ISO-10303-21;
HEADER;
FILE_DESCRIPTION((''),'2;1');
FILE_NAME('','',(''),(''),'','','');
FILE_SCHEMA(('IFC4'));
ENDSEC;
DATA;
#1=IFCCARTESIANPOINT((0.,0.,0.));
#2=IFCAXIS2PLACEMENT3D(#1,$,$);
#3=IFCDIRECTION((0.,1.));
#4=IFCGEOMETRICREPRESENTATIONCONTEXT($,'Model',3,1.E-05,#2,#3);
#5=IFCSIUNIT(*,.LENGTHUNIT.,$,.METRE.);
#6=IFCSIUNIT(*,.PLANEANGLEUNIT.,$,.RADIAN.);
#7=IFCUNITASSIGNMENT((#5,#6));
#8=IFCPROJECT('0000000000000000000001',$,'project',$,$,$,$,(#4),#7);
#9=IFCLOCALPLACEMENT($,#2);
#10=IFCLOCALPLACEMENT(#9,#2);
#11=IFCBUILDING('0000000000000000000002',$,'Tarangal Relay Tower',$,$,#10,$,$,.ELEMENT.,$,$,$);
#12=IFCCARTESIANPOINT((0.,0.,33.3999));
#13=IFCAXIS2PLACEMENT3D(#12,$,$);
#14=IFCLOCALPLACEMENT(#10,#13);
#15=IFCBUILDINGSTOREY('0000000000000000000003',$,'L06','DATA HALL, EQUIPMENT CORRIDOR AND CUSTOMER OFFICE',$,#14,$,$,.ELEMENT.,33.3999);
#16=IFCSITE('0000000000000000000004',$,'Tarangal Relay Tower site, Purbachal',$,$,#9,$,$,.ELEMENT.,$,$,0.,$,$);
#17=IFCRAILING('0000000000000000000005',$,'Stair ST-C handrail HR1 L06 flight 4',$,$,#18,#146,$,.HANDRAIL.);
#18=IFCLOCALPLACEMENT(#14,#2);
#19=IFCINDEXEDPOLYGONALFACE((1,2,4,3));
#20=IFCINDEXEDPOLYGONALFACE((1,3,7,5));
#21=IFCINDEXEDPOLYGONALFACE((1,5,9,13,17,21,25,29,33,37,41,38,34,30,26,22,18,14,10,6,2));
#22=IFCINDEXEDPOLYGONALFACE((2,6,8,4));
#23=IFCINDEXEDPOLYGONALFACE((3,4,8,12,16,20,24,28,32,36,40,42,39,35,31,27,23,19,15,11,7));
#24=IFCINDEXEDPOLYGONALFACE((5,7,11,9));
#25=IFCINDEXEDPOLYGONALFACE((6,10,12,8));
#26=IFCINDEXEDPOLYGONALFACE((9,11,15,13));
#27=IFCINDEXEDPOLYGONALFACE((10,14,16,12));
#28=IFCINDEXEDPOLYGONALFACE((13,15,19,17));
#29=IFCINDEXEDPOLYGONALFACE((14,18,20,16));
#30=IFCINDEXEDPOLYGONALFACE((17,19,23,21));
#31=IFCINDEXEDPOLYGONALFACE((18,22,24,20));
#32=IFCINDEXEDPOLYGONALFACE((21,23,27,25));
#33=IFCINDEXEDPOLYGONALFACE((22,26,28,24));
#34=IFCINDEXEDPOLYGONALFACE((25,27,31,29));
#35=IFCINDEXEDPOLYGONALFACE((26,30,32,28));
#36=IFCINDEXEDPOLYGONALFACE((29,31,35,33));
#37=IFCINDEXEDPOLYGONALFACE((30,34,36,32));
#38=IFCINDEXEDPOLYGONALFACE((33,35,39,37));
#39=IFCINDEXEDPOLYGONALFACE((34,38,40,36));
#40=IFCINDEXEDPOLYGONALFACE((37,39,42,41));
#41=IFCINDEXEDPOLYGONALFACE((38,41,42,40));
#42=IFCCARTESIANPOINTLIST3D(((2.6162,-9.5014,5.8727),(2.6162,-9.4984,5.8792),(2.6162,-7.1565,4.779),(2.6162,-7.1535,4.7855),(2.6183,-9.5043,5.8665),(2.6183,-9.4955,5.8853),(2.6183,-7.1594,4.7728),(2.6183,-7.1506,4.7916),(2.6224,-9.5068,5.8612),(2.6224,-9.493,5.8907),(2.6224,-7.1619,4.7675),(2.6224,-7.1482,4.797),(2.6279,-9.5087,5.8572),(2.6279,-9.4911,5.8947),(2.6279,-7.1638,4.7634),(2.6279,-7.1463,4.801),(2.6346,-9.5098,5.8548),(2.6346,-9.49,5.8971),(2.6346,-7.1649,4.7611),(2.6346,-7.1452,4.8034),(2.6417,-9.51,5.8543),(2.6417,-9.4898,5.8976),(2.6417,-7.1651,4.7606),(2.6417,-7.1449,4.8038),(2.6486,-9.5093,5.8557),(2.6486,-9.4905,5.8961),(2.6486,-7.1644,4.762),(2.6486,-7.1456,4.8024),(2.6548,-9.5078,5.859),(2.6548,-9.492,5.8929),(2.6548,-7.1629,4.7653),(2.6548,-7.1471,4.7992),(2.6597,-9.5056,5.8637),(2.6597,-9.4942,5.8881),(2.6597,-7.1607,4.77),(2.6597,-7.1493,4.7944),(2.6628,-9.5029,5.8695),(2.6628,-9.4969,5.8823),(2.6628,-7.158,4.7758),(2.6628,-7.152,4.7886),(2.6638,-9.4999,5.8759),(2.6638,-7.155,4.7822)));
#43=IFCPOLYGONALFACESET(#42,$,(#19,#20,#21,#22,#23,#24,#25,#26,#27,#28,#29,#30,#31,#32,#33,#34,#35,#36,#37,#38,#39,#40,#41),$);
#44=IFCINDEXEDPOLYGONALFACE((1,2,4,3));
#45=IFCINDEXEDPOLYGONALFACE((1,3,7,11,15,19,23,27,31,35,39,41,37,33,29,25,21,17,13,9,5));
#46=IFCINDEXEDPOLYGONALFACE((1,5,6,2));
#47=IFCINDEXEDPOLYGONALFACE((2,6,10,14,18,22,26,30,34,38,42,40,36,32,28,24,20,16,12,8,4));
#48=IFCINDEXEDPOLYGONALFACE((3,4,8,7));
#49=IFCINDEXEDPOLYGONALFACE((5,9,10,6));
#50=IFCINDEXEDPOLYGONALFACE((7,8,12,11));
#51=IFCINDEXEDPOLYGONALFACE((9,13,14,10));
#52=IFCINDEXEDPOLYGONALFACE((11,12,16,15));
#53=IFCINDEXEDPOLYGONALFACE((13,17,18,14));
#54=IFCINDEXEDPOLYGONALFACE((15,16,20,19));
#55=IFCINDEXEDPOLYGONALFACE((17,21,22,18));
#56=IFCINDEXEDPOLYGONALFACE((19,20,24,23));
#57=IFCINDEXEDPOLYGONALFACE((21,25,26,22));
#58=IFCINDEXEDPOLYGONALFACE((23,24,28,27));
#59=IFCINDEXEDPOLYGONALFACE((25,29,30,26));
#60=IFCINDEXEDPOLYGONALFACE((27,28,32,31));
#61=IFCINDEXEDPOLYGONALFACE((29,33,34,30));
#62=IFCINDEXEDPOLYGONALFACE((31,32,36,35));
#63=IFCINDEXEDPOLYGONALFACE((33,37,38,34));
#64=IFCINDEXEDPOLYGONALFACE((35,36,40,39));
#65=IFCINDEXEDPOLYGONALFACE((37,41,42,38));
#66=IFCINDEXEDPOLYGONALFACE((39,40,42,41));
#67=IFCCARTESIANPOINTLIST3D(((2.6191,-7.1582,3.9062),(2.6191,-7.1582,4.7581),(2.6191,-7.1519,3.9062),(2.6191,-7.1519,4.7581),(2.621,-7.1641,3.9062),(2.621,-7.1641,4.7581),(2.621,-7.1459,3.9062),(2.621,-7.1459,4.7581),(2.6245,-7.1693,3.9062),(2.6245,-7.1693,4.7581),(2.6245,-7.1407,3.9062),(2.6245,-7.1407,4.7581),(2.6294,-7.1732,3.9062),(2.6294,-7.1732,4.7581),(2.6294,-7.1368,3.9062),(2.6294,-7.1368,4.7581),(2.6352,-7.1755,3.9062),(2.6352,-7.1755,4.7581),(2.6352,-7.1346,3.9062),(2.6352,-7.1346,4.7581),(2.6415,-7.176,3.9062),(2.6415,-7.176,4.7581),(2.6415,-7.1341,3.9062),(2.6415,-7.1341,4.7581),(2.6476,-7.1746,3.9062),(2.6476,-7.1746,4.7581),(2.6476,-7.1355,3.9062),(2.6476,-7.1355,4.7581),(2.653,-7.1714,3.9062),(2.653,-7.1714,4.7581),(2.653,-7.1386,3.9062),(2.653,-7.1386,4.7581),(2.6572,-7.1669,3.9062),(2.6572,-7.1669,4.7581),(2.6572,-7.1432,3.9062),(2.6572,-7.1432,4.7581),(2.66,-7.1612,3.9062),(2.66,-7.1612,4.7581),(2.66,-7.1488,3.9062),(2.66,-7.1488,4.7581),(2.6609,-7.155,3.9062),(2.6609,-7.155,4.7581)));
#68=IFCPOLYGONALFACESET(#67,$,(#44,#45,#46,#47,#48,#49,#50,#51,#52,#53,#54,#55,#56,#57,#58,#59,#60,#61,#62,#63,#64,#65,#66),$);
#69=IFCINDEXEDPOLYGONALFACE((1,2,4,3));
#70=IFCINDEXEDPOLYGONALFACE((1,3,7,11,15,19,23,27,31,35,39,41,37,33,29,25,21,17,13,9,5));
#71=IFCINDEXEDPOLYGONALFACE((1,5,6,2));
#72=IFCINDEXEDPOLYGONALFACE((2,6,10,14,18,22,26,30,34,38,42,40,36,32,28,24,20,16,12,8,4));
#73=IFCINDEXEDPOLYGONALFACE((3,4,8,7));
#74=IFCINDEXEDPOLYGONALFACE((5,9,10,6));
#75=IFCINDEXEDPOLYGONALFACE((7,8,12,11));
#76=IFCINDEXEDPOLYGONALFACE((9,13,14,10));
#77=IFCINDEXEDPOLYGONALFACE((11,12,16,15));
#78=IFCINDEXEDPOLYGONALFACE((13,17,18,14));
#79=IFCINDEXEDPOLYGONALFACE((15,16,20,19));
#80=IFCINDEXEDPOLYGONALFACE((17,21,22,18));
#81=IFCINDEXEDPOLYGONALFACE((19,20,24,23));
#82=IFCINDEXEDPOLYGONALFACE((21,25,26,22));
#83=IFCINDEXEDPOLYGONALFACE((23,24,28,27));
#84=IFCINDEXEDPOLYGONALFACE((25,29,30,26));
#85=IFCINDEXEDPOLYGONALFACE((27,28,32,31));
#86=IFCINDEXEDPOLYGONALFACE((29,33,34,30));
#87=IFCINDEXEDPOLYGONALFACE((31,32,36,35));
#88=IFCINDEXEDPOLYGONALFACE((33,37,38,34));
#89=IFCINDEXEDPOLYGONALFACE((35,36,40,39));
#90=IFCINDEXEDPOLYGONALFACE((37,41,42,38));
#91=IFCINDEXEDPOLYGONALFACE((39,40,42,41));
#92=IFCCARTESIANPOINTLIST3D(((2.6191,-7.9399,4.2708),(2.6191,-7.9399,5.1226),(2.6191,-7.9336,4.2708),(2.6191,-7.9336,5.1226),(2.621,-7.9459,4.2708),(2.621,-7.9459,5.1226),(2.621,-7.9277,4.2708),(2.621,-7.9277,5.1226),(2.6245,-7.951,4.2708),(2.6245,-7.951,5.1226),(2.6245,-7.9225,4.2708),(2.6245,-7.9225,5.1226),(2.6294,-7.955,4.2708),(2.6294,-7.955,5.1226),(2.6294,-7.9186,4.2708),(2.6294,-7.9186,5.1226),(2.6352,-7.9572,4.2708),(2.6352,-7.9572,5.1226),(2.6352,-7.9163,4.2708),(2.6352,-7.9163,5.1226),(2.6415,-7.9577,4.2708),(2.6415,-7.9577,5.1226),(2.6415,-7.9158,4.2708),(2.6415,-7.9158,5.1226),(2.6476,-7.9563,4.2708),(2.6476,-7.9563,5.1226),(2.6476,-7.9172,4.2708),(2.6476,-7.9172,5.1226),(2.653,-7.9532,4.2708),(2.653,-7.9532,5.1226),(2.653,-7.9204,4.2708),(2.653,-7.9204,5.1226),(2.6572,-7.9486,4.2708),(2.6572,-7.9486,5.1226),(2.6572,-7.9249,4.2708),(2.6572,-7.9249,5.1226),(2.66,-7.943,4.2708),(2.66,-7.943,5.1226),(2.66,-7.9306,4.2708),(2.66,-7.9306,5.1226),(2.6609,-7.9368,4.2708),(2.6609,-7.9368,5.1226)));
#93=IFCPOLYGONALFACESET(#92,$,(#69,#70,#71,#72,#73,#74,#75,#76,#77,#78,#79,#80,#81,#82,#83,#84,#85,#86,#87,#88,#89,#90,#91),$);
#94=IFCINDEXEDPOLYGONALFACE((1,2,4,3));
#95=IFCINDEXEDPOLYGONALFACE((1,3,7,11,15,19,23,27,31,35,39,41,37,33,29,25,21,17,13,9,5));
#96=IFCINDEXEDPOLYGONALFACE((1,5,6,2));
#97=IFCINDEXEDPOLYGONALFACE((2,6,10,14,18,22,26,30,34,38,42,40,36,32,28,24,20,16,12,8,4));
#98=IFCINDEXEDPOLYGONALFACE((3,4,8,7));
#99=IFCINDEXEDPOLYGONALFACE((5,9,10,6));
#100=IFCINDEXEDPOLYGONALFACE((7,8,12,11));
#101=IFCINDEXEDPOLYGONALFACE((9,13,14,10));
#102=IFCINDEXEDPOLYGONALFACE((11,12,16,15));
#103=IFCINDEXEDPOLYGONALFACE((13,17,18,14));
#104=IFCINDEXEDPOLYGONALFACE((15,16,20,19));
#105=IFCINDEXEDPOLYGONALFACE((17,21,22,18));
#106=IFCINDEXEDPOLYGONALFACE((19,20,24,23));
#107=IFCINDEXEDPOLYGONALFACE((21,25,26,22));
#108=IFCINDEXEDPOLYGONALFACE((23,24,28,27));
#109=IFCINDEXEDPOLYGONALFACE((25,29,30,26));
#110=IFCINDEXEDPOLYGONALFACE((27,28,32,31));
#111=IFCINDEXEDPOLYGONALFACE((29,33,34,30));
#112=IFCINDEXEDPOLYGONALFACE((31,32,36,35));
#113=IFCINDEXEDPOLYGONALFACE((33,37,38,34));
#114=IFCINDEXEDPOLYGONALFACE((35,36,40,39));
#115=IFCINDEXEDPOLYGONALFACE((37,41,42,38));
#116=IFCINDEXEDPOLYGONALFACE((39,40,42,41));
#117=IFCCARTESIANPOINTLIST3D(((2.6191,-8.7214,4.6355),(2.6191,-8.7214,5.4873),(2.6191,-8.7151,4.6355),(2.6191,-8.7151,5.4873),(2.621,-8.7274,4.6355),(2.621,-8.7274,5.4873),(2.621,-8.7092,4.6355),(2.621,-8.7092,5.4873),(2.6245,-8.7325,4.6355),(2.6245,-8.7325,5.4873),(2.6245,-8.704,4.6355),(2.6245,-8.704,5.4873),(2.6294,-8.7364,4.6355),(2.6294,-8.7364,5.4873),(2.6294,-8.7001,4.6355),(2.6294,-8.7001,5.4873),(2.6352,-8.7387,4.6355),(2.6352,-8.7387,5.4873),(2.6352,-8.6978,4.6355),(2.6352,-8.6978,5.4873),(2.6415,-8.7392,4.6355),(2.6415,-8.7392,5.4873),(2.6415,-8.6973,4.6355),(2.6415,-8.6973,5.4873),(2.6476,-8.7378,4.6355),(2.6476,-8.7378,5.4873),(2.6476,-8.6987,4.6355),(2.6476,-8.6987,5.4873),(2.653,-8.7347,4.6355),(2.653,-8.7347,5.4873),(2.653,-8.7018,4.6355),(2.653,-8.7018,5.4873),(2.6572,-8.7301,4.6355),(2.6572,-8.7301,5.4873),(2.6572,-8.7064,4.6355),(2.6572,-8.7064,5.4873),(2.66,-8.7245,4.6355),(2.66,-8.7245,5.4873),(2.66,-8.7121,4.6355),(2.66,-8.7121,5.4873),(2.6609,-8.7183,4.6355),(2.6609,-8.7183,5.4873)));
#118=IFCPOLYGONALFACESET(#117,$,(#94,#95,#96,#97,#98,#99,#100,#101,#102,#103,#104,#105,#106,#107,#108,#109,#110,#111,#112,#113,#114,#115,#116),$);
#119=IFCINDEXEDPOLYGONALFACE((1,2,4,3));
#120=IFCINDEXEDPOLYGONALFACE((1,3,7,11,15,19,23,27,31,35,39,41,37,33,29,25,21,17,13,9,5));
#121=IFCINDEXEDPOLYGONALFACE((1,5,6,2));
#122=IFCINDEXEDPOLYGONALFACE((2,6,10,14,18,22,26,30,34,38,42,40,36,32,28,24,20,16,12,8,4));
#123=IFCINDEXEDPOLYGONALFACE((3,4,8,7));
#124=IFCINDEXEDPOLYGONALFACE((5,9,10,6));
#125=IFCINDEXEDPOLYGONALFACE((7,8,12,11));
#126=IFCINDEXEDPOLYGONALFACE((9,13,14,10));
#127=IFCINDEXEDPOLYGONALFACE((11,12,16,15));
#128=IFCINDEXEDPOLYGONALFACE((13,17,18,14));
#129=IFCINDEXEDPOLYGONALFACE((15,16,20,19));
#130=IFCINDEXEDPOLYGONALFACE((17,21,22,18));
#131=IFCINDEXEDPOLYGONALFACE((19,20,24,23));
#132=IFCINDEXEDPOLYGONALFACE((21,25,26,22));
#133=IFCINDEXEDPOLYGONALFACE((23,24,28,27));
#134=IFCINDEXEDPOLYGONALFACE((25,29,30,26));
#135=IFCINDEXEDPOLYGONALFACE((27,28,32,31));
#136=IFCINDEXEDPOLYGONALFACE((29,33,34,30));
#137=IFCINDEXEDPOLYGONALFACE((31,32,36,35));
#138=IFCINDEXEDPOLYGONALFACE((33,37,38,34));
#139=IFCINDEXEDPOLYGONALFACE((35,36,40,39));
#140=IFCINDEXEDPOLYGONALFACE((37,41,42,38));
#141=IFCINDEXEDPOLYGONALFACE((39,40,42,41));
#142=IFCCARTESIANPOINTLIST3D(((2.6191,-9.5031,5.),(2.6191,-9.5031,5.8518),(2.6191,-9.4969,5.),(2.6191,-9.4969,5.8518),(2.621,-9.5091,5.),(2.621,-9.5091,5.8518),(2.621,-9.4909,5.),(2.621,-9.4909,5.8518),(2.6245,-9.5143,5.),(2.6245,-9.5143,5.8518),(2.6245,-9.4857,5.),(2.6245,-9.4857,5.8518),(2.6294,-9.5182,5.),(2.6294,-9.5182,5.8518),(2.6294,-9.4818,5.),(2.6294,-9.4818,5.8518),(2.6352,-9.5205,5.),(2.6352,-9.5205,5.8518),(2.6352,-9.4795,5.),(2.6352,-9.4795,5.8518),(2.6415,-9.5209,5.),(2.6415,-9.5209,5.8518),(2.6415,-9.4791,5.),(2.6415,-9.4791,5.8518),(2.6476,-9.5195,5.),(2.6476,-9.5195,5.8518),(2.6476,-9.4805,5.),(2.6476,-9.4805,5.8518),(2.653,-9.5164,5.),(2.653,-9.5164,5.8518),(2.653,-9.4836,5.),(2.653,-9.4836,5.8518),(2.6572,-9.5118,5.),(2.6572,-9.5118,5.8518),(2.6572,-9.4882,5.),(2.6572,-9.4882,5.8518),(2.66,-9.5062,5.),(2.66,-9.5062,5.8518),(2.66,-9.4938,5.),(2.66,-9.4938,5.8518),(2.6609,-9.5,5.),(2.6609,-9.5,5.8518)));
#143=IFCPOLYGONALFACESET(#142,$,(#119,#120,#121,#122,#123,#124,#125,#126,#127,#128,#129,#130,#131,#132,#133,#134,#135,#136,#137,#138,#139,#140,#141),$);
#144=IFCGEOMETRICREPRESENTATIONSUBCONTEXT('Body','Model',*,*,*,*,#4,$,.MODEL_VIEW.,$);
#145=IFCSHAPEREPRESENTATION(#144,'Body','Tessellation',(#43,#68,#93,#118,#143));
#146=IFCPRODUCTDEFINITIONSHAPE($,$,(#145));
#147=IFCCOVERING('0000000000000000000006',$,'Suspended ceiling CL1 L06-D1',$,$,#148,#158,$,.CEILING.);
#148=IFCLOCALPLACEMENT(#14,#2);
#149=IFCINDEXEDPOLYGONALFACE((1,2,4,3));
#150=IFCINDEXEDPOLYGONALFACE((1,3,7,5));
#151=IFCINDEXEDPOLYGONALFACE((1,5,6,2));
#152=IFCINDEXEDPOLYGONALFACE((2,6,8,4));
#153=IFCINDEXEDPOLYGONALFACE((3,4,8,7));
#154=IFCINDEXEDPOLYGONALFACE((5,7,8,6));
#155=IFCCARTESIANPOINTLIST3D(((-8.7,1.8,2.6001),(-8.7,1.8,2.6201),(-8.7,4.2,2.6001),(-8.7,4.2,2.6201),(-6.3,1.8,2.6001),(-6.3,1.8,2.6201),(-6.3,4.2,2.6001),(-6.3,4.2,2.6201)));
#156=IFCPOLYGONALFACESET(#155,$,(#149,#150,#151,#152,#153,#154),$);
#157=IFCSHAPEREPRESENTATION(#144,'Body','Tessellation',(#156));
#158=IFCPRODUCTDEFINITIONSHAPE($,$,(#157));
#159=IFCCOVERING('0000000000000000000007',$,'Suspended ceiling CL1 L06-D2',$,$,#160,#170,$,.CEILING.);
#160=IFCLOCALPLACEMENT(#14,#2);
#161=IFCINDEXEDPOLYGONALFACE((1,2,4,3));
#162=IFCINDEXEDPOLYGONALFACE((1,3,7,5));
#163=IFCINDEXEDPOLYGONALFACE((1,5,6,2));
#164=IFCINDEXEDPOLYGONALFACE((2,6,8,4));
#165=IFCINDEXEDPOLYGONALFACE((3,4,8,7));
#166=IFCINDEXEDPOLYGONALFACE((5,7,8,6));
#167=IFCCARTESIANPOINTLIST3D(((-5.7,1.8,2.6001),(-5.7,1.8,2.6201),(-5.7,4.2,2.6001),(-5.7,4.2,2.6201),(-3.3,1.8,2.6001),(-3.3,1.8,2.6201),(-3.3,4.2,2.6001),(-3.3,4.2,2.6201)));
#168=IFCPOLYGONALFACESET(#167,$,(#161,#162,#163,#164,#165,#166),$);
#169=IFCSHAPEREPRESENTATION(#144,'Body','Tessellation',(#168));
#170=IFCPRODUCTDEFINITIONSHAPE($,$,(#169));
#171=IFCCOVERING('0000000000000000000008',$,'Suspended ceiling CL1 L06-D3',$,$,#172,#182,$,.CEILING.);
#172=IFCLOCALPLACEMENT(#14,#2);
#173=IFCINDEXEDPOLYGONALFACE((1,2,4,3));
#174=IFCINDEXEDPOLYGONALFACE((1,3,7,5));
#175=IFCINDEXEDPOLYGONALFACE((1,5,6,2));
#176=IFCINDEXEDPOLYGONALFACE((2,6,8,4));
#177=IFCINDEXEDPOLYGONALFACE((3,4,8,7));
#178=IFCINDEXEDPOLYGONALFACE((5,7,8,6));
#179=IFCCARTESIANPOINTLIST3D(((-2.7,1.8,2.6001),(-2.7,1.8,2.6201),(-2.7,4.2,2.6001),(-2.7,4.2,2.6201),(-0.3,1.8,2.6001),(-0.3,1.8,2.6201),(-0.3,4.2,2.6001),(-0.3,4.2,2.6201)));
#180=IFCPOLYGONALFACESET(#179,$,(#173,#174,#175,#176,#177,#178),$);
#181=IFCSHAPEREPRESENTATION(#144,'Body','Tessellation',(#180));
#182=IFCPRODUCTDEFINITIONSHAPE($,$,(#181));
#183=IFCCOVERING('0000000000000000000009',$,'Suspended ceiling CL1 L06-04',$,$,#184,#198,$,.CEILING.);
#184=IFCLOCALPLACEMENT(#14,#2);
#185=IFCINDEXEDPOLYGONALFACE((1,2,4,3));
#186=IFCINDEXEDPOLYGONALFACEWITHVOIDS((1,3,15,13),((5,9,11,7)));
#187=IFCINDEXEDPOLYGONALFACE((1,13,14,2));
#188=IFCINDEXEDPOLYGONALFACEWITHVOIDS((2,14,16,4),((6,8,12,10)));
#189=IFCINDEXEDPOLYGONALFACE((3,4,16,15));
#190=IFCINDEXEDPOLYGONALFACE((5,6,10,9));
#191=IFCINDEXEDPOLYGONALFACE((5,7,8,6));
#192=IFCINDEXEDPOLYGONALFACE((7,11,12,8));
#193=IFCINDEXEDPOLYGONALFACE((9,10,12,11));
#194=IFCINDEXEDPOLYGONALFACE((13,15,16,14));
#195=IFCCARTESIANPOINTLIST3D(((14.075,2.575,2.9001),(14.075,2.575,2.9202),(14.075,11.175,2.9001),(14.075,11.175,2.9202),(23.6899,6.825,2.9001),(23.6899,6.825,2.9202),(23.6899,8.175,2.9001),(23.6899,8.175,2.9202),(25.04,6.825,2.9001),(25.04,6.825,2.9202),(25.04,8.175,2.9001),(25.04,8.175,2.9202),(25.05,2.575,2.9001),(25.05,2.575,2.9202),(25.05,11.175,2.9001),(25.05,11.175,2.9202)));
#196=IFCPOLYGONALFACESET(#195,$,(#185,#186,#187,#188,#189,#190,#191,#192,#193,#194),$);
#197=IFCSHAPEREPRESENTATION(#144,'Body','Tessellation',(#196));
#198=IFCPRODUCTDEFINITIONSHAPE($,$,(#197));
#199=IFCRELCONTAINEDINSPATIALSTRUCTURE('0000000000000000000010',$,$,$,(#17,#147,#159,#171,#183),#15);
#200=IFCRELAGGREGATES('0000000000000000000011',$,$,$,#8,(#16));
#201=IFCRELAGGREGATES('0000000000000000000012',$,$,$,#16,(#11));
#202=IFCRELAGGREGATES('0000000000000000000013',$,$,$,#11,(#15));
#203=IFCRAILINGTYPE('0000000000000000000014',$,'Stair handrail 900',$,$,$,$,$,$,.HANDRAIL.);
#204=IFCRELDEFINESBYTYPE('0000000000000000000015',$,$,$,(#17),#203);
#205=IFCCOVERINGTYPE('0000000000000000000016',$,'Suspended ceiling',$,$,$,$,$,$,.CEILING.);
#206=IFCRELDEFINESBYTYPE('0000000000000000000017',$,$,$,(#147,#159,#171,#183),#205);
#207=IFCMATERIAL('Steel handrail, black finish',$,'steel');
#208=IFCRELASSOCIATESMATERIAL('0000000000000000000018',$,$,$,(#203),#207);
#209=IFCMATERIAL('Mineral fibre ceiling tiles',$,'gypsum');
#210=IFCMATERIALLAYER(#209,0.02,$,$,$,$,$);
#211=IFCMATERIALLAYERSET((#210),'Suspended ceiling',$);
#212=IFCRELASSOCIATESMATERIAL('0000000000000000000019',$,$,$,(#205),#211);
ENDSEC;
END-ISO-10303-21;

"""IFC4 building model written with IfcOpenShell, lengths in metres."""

from ifc_helpers import new_model, si_unit, direction, frame, origin, origin_2d, place, context, subcontext, project, spatial, polyline, circle, outline, extrude, material, layer, layer_set, type_object, element, save


model = new_model("IFC4")

# Units and contexts
model_context = context("Model", 3, precision=1e-05, world=origin(), true_north=direction((0.0, 1.0)))
body_context = subcontext(model_context, "Body", "Model", "MODEL_VIEW")
ifc_project = project(units=[si_unit("LENGTHUNIT", "METRE"), si_unit("PLANEANGLEUNIT", "RADIAN")], contexts=[model_context])

# Site, building, storey
site_placement = place(None, origin())
site = spatial("IfcSite", under=ifc_project, at=site_placement, Name="Tarangal Relay Tower site, Purbachal", CompositionType="ELEMENT", RefElevation=0.0)
building_placement = place(site_placement, origin())
building = spatial("IfcBuilding", under=site, at=building_placement, Name="Tarangal Relay Tower", CompositionType="ELEMENT")
storey_placement = place(building_placement, frame((0.0, 0.0, 33.3999)))
storey = spatial("IfcBuildingStorey", under=building, at=storey_placement, Name="L06", Description="DATA HALL, EQUIPMENT CORRIDOR AND CUSTOMER OFFICE", CompositionType="ELEMENT", Elevation=33.3999)

# Railing
ifc_material_1 = material(Name="Steel handrail, black finish", Category="steel")
railing_type_1 = type_object("IfcRailingType", Name="Stair handrail 900", PredefinedType="HANDRAIL", material=ifc_material_1)
for number, where, name in (
    (1, (2.6399, -7.155, 3.9062), "Stair ST-C handrail HR1 L06 flight 4"),
):
    element("IfcRailing", number, at=place(storey_placement, frame(where)), inside=storey, type_object=railing_type_1, Name=name, PredefinedType="HANDRAIL", context=body_context, shape_type="SweptSolid", body=[
        extrude(circle(Radius=0.0239, at=origin_2d()), frame((0.0, 0.0, 0.876), z_axis=(0.0, -0.906267, 0.422705), x_axis=(1.0, 0.0, 0.0)), (0.0, 0.0, 1.0), 2.5874),
        extrude(circle(Radius=0.021, at=origin_2d()), origin(), (0.0, 0.0, 1.0), 0.8518),
        extrude(circle(Radius=0.021, at=origin_2d()), frame((0.0, -0.7817, 0.3645)), (0.0, 0.0, 1.0), 0.8518),
        extrude(circle(Radius=0.021, at=origin_2d()), frame((0.0, -1.5632, 0.7292)), (0.0, 0.0, 1.0), 0.8518),
        extrude(circle(Radius=0.021, at=origin_2d()), frame((0.0, -2.345, 1.0938)), (0.0, 0.0, 1.0), 0.8518),
    ])

# Coverings
ifc_material_2 = material(Name="Mineral fibre ceiling tiles", Category="gypsum")
ifc_layer_1 = layer(ifc_material_2, 0.02)
ifc_layer_set_1 = layer_set([ifc_layer_1], Name="Suspended ceiling")
covering_type_1 = type_object("IfcCoveringType", Name="Suspended ceiling", PredefinedType="CEILING", material=ifc_layer_set_1)
covering_1_placement = place(storey_placement, frame((0.0, 0.0, 2.6001)))
element("IfcCovering", 2, at=covering_1_placement, inside=storey, type_object=covering_type_1, Name="Suspended ceiling CL1 L06-D1", PredefinedType="CEILING", context=body_context, shape_type="SweptSolid", body=[
    extrude(outline(polyline([(-8.7, 1.8), (-6.3, 1.8), (-6.3, 4.2), (-8.7, 4.2), (-8.7, 1.8)])), origin(), (0.0, 0.0, 1.0), 0.02),
])
covering_2_placement = place(storey_placement, frame((0.0, 0.0, 2.6001)))
element("IfcCovering", 3, at=covering_2_placement, inside=storey, type_object=covering_type_1, Name="Suspended ceiling CL1 L06-D2", PredefinedType="CEILING", context=body_context, shape_type="SweptSolid", body=[
    extrude(outline(polyline([(-5.7, 1.8), (-3.3, 1.8), (-3.3, 4.2), (-5.7, 4.2), (-5.7, 1.8)])), origin(), (0.0, 0.0, 1.0), 0.02),
])
covering_3_placement = place(storey_placement, frame((0.0, 0.0, 2.6001)))
element("IfcCovering", 4, at=covering_3_placement, inside=storey, type_object=covering_type_1, Name="Suspended ceiling CL1 L06-D3", PredefinedType="CEILING", context=body_context, shape_type="SweptSolid", body=[
    extrude(outline(polyline([(-2.7, 1.8), (-0.3, 1.8), (-0.3, 4.2), (-2.7, 4.2), (-2.7, 1.8)])), origin(), (0.0, 0.0, 1.0), 0.02),
])
covering_4_placement = place(storey_placement, frame((0.0, 0.0, 2.9001)))
element("IfcCovering", 5, at=covering_4_placement, inside=storey, type_object=covering_type_1, Name="Suspended ceiling CL1 L06-04", PredefinedType="CEILING", context=body_context, shape_type="SweptSolid", body=[
    extrude(outline(polyline([(25.05, 2.575), (25.05, 11.175), (14.075, 11.175), (14.075, 2.575), (25.05, 2.575)]), holes=[polyline([(25.04, 8.175), (23.6899, 8.175), (23.6899, 6.825), (25.04, 6.825), (25.04, 8.175)])]), origin(), (0.0, 0.0, 1.0), 0.02),
])

save(model, "model.ifc")
